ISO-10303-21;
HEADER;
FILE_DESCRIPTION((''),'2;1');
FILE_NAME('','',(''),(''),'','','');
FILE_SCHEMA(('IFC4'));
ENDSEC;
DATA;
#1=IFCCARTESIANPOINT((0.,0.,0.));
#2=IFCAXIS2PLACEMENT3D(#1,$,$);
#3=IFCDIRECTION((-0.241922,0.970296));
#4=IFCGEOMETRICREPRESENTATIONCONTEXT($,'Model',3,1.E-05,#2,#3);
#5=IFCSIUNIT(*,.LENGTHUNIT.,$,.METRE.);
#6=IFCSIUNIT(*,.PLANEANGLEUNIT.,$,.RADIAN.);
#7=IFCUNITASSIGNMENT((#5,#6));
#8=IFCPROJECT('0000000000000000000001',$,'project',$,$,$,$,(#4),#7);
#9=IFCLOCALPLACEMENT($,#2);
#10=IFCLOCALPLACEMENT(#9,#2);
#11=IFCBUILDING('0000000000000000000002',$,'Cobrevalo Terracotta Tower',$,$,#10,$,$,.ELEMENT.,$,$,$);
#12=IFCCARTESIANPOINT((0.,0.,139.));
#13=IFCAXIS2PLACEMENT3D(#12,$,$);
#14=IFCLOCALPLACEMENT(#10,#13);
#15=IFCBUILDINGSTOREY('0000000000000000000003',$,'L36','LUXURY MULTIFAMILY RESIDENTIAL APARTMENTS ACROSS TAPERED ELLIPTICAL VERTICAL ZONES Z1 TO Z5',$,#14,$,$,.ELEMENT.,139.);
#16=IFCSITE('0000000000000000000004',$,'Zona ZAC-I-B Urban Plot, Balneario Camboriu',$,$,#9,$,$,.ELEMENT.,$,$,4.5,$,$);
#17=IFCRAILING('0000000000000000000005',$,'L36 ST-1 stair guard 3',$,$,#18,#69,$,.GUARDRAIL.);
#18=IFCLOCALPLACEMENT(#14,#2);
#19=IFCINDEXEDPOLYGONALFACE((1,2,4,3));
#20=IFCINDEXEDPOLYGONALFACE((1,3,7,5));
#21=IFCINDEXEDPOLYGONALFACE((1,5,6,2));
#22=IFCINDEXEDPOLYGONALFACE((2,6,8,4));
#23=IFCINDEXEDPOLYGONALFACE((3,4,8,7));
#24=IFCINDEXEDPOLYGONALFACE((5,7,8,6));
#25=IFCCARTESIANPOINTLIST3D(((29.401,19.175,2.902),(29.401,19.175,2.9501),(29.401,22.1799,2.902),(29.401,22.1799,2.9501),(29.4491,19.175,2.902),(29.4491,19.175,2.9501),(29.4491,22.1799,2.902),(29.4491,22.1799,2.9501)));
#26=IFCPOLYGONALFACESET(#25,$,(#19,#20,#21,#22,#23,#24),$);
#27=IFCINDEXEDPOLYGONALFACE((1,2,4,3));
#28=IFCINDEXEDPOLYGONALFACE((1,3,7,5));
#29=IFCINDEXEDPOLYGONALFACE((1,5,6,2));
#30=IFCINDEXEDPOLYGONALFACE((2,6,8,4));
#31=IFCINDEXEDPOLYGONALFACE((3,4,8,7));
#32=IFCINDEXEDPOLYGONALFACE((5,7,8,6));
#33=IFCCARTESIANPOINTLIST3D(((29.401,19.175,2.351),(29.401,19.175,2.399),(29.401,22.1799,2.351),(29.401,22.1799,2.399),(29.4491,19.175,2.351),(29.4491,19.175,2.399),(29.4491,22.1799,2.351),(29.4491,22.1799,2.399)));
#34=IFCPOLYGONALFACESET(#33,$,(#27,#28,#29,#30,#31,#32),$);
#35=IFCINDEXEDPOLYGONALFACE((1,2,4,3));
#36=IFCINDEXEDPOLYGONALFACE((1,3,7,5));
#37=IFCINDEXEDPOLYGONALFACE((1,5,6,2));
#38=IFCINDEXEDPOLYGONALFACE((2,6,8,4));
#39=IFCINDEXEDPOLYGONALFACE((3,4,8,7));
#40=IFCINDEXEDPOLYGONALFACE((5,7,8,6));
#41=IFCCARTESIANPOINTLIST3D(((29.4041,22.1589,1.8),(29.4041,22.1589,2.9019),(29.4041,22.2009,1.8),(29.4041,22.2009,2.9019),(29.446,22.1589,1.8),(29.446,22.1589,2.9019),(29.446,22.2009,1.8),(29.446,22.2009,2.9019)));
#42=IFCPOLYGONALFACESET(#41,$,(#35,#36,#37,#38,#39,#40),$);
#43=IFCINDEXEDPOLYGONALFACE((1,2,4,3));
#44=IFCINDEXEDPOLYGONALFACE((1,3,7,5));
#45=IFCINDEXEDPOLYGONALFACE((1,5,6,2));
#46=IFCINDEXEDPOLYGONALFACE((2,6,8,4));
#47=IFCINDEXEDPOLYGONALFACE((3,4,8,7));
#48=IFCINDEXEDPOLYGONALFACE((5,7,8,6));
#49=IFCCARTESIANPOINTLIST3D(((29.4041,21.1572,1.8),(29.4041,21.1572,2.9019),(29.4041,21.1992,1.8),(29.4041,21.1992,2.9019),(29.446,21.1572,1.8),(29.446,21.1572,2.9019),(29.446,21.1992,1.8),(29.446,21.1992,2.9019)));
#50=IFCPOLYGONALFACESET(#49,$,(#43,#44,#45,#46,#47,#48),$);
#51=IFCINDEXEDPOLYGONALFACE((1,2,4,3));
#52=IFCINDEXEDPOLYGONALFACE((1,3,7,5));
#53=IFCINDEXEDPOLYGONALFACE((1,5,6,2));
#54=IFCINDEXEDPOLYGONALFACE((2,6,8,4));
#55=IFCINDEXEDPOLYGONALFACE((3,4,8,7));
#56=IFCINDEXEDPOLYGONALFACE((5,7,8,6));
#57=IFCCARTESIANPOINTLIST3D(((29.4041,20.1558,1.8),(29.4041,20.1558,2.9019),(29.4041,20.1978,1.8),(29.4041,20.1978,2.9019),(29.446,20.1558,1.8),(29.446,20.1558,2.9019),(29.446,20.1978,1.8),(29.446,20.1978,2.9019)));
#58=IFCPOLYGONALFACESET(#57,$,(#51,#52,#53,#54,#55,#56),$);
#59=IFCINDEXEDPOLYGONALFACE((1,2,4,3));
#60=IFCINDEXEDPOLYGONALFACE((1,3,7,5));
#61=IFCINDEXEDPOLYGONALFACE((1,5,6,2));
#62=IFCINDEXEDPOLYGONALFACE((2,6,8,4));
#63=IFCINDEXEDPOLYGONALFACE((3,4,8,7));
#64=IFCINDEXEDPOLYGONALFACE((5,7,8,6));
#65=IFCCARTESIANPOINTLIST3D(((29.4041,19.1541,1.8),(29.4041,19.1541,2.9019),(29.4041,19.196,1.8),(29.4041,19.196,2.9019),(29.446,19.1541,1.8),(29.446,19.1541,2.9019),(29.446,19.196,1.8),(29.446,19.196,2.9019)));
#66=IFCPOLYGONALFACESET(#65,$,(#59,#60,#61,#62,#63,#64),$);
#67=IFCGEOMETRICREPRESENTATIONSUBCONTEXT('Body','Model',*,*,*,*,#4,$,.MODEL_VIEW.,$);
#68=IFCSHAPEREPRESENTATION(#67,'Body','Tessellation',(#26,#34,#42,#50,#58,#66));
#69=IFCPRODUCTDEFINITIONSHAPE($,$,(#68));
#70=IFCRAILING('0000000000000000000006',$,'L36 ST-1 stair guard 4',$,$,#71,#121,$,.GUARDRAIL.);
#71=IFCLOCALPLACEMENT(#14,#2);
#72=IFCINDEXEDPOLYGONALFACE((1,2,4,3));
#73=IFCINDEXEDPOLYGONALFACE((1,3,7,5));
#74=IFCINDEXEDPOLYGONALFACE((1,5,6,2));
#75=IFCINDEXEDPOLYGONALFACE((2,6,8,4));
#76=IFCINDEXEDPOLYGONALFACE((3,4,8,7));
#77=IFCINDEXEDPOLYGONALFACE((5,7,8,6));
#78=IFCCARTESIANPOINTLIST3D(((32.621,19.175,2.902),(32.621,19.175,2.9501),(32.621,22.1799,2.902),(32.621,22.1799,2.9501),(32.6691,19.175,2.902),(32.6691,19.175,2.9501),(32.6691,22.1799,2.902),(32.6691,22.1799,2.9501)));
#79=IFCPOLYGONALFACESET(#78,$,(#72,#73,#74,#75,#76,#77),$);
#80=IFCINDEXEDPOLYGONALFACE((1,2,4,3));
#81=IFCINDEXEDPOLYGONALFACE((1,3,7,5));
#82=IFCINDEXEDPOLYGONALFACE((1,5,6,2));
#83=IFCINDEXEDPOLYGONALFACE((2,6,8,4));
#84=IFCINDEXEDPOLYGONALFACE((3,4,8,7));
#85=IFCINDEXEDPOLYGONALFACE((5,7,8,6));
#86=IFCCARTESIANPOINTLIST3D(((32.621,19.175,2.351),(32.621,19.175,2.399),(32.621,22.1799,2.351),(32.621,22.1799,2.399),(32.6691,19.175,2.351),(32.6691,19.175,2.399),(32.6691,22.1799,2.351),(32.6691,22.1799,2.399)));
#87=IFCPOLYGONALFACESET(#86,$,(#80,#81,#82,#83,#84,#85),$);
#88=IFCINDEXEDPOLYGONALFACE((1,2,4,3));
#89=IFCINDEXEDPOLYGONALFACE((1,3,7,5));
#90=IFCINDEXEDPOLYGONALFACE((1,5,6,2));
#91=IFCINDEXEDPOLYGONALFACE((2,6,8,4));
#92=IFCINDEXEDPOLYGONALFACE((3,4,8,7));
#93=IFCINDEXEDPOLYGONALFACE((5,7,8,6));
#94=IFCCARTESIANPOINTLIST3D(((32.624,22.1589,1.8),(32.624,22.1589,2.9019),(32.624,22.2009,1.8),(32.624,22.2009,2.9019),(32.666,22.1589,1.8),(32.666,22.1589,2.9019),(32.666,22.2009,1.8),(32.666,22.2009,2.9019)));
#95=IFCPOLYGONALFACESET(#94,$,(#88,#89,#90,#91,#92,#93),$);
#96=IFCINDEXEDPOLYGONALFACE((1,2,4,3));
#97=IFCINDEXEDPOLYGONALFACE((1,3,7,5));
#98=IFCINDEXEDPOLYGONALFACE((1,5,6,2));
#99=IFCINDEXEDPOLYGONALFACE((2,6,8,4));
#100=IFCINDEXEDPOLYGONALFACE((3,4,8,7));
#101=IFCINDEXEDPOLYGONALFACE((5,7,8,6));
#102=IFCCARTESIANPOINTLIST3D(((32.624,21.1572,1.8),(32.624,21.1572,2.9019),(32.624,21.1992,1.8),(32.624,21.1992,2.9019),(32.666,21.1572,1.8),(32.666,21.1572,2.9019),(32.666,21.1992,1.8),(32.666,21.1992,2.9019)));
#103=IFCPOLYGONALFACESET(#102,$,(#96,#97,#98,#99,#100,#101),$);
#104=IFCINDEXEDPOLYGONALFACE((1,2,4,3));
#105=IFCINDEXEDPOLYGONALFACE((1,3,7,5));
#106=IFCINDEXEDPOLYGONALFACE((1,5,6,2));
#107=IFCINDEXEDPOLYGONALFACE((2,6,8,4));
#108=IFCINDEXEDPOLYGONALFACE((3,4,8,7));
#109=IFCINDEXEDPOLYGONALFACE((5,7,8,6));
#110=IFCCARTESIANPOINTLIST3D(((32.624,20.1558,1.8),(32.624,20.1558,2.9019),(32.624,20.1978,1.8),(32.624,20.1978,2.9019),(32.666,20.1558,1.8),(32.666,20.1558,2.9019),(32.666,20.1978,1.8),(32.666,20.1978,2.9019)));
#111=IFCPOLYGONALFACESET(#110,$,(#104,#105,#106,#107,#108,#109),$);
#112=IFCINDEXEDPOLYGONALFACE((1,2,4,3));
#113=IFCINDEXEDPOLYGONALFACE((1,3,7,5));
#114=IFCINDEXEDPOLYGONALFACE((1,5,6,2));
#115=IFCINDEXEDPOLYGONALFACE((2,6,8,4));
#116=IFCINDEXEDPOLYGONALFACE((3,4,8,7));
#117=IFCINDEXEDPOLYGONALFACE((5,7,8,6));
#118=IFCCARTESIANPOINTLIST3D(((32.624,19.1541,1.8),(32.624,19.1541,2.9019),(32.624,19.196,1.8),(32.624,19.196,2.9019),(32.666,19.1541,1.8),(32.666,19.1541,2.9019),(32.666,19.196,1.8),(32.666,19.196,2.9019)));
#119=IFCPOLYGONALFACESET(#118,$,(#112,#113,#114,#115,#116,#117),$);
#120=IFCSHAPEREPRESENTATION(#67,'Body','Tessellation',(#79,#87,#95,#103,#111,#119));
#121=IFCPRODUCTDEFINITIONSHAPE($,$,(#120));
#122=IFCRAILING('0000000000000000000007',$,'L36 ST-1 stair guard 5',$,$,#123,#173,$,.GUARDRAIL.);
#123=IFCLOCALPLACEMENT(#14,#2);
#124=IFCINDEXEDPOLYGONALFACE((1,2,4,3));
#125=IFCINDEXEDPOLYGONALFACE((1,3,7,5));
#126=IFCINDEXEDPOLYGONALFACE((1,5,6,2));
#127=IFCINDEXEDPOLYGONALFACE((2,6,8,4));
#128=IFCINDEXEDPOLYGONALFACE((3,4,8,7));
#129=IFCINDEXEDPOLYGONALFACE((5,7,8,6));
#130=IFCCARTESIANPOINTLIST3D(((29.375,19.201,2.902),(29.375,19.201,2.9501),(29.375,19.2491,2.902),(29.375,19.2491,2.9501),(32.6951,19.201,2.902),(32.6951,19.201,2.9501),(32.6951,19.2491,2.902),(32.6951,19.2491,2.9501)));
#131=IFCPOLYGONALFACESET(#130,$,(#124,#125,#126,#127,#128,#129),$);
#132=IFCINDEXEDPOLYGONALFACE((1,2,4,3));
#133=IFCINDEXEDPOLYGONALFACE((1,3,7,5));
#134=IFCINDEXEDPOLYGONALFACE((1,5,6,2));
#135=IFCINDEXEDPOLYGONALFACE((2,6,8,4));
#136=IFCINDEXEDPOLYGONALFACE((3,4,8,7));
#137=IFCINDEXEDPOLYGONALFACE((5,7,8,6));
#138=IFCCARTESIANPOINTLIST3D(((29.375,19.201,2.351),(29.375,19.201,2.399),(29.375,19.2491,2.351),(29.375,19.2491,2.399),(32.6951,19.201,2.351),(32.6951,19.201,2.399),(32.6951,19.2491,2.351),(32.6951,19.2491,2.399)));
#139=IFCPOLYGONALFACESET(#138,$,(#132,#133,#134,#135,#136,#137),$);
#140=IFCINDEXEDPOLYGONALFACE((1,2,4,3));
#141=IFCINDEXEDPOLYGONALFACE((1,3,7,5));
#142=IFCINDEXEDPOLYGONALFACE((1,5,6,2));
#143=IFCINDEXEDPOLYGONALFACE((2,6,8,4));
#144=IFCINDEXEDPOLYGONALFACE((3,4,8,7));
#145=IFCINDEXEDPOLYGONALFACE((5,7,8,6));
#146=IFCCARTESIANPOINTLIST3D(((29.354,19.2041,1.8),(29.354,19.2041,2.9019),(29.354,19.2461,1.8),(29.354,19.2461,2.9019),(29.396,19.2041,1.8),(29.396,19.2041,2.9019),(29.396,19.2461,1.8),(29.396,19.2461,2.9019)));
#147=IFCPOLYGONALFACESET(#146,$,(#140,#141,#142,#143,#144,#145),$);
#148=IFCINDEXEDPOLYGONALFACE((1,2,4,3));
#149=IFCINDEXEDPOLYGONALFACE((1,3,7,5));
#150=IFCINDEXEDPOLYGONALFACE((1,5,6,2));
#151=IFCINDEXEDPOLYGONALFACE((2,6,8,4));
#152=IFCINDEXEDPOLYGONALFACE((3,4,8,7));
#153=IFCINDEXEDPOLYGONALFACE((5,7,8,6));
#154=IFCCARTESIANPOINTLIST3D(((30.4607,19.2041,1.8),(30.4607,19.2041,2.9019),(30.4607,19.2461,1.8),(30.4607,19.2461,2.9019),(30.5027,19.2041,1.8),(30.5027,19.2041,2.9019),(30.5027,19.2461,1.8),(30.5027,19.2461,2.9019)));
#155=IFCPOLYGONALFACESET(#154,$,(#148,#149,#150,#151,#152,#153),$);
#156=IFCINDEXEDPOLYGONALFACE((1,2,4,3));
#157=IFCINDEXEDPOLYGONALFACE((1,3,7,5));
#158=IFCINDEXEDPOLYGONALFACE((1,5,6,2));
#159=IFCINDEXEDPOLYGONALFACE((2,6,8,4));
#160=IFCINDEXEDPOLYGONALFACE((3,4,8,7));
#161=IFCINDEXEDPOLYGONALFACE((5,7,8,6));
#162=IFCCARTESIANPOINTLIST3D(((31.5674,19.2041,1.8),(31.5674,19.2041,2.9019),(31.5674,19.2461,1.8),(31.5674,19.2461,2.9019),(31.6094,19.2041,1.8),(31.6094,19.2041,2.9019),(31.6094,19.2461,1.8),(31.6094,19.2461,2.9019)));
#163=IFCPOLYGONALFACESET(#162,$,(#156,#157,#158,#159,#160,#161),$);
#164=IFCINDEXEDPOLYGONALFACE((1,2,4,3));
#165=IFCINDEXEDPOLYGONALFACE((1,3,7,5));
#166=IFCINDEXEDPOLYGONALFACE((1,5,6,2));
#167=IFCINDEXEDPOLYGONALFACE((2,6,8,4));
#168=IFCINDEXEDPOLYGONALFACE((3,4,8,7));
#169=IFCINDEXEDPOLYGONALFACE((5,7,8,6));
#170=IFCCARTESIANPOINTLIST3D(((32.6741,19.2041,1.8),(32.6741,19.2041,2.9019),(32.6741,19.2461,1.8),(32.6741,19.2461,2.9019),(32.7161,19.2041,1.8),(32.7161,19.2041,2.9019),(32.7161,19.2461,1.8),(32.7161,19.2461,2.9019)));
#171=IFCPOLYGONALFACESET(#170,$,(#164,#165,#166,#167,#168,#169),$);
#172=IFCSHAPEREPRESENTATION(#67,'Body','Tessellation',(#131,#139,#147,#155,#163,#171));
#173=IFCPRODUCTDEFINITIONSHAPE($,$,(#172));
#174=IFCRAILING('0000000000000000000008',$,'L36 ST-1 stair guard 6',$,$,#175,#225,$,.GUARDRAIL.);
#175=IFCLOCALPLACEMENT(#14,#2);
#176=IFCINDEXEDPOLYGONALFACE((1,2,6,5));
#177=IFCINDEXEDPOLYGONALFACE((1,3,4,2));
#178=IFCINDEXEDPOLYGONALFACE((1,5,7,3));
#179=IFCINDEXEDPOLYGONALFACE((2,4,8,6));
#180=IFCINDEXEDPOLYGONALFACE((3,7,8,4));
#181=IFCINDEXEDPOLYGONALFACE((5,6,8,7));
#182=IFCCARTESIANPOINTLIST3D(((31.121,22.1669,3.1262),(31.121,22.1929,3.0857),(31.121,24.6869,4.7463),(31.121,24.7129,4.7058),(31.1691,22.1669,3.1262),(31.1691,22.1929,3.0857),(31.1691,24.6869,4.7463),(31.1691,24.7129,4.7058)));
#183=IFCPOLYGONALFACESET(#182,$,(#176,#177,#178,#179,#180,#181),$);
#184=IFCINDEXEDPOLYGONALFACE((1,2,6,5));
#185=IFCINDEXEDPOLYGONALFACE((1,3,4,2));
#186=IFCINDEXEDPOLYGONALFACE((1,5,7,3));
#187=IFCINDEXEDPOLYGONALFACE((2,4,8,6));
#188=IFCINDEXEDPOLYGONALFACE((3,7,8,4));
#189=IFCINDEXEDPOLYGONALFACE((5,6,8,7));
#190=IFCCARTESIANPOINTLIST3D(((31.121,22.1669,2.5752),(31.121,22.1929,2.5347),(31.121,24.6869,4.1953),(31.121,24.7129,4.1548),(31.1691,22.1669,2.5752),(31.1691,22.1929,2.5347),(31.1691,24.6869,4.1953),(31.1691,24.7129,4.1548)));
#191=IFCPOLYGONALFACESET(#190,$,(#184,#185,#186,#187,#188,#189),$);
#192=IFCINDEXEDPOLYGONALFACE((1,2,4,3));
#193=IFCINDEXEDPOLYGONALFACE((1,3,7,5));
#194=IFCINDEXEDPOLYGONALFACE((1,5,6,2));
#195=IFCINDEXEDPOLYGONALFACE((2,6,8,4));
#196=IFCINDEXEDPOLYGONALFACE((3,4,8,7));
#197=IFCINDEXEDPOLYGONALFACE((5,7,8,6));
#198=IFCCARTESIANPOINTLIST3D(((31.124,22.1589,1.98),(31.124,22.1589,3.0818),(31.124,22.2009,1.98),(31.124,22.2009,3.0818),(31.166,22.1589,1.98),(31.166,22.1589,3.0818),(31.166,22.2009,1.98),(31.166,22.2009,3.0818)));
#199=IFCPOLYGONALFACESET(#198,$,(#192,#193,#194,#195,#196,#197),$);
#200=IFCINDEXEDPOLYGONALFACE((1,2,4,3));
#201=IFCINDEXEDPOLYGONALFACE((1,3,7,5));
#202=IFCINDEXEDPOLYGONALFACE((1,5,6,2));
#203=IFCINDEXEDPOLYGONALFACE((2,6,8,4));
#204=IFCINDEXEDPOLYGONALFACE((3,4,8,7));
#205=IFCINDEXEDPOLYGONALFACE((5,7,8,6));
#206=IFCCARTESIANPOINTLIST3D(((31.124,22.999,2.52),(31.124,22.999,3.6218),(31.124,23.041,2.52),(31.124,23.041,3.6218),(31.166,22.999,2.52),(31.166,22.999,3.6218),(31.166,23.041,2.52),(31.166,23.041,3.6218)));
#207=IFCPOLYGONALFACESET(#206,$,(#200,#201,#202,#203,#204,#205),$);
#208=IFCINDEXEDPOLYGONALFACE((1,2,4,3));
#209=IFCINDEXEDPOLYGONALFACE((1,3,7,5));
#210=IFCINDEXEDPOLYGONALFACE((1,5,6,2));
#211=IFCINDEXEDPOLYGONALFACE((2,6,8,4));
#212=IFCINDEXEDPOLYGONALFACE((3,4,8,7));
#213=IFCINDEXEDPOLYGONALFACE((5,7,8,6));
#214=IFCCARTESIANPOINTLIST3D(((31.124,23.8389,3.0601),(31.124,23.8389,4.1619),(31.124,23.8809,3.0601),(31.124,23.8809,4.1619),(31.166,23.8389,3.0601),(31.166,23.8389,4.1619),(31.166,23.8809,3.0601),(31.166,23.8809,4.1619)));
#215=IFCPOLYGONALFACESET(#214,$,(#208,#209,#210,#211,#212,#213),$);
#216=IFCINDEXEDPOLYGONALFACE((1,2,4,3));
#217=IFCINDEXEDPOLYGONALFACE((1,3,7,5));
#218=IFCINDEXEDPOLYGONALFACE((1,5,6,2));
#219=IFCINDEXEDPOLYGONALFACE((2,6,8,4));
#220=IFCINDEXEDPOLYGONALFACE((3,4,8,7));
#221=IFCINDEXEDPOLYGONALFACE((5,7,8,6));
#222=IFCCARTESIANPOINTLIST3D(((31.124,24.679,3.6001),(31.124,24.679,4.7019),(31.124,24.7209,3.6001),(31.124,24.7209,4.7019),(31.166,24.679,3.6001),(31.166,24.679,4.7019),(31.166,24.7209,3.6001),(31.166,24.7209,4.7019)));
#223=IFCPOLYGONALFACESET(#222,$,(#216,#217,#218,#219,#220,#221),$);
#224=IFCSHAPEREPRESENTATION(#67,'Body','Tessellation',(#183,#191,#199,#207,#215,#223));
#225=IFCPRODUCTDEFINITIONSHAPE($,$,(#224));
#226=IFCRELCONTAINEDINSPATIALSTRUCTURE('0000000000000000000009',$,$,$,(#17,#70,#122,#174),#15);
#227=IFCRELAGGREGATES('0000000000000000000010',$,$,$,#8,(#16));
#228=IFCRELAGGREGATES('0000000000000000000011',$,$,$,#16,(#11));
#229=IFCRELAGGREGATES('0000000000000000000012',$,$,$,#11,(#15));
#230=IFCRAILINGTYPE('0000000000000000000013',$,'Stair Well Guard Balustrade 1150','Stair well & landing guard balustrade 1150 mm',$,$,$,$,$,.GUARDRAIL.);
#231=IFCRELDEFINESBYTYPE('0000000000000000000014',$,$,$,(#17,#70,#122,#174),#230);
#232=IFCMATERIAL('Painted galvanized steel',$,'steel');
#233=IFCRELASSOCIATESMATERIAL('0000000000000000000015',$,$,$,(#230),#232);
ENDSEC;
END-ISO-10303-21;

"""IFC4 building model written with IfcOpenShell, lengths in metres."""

from ifc_helpers import new_model, si_unit, direction, frame, origin, origin_2d, place, context, subcontext, project, spatial, rectangle, extrude, material, type_object, element, save


model = new_model("IFC4")

# Units and contexts
model_context = context("Model", 3, precision=1e-05, world=origin(), true_north=direction((-0.241922, 0.970296)))
body_context = subcontext(model_context, "Body", "Model", "MODEL_VIEW")
ifc_project = project(units=[si_unit("LENGTHUNIT", "METRE"), si_unit("PLANEANGLEUNIT", "RADIAN")], contexts=[model_context])

# Site, building, storey
site_placement = place(None, origin())
site = spatial("IfcSite", under=ifc_project, at=site_placement, Name="Zona ZAC-I-B Urban Plot, Balneario Camboriu", CompositionType="ELEMENT", RefElevation=4.5)
building_placement = place(site_placement, origin())
building = spatial("IfcBuilding", under=site, at=building_placement, Name="Cobrevalo Terracotta Tower", CompositionType="ELEMENT")
storey_placement = place(building_placement, frame((0.0, 0.0, 139.0)))
storey = spatial("IfcBuildingStorey", under=building, at=storey_placement, Name="L36", Description="LUXURY MULTIFAMILY RESIDENTIAL APARTMENTS ACROSS TAPERED ELLIPTICAL VERTICAL ZONES Z1 TO Z5", CompositionType="ELEMENT", Elevation=139.0)

# Railings
ifc_material_1 = material(Name="Painted galvanized steel", Category="steel")
railing_type_1 = type_object("IfcRailingType", Name="Stair Well Guard Balustrade 1150", Description="Stair well & landing guard balustrade 1150 mm", PredefinedType="GUARDRAIL", material=ifc_material_1)
for number, where, name in (
    (1, (29.425, 22.1799, 1.8), "L36 ST-1 stair guard 3"),
    (2, (32.645, 22.1799, 1.8), "L36 ST-1 stair guard 4"),
):
    element("IfcRailing", number, at=place(storey_placement, frame(where)), inside=storey, type_object=railing_type_1, Name=name, PredefinedType="GUARDRAIL", context=body_context, shape_type="SweptSolid", body=[
        extrude(rectangle(XDim=0.0481, YDim=0.0481, at=origin_2d()), frame((0.0, 0.0, 1.126), z_axis=(0.0, -1.0, 0.0), x_axis=(1.0, 0.0, 0.0)), (0.0, 0.0, 1.0), 3.0049),
        extrude(rectangle(XDim=0.0481, YDim=0.0481, at=origin_2d()), frame((0.0, 0.0, 0.575), z_axis=(0.0, -1.0, 0.0), x_axis=(1.0, 0.0, 0.0)), (0.0, 0.0, 1.0), 3.0049),
        extrude(rectangle(XDim=0.042, YDim=0.042, at=origin_2d()), origin(), (0.0, 0.0, 1.0), 1.1018),
        extrude(rectangle(XDim=0.042, YDim=0.042, at=origin_2d()), frame((0.0, -1.0017, 0.0)), (0.0, 0.0, 1.0), 1.1018),
        extrude(rectangle(XDim=0.042, YDim=0.042, at=origin_2d()), frame((0.0, -2.0032, 0.0)), (0.0, 0.0, 1.0), 1.1018),
        extrude(rectangle(XDim=0.042, YDim=0.042, at=origin_2d()), frame((0.0, -3.0049, 0.0)), (0.0, 0.0, 1.0), 1.1018),
    ])
railing_1_placement = place(storey_placement, frame((29.375, 19.2251, 1.8)))
element("IfcRailing", 3, at=railing_1_placement, inside=storey, type_object=railing_type_1, Name="L36 ST-1 stair guard 5", PredefinedType="GUARDRAIL", context=body_context, shape_type="SweptSolid", body=[
    extrude(rectangle(XDim=0.0481, YDim=0.0481, at=origin_2d()), frame((0.0, 0.0, 1.126), z_axis=(1.0, 0.0, 0.0), x_axis=(0.0, 1.0, 0.0)), (0.0, 0.0, 1.0), 3.3201),
    extrude(rectangle(XDim=0.0481, YDim=0.0481, at=origin_2d()), frame((0.0, 0.0, 0.575), z_axis=(1.0, 0.0, 0.0), x_axis=(0.0, 1.0, 0.0)), (0.0, 0.0, 1.0), 3.3201),
    extrude(rectangle(XDim=0.042, YDim=0.042, at=origin_2d()), origin(), (0.0, 0.0, 1.0), 1.1018),
    extrude(rectangle(XDim=0.042, YDim=0.042, at=origin_2d()), frame((1.1067, 0.0, 0.0)), (0.0, 0.0, 1.0), 1.1018),
    extrude(rectangle(XDim=0.042, YDim=0.042, at=origin_2d()), frame((2.2134, 0.0, 0.0)), (0.0, 0.0, 1.0), 1.1018),
    extrude(rectangle(XDim=0.042, YDim=0.042, at=origin_2d()), frame((3.3201, 0.0, 0.0)), (0.0, 0.0, 1.0), 1.1018),
])
railing_2_placement = place(storey_placement, frame((31.145, 22.1799, 1.98)))
element("IfcRailing", 4, at=railing_2_placement, inside=storey, type_object=railing_type_1, Name="L36 ST-1 stair guard 6", PredefinedType="GUARDRAIL", context=body_context, shape_type="SweptSolid", body=[
    extrude(rectangle(XDim=0.0481, YDim=0.0481, at=origin_2d()), frame((0.0, 0.0, 1.126), z_axis=(0.0, 0.841163, 0.540782), x_axis=(-1.0, 0.0, 0.0)), (0.0, 0.0, 1.0), 2.9958),
    extrude(rectangle(XDim=0.0481, YDim=0.0481, at=origin_2d()), frame((0.0, 0.0, 0.575), z_axis=(0.0, 0.841163, 0.540782), x_axis=(-1.0, 0.0, 0.0)), (0.0, 0.0, 1.0), 2.9958),
    extrude(rectangle(XDim=0.042, YDim=0.042, at=origin_2d()), origin(), (0.0, 0.0, 1.0), 1.1018),
    extrude(rectangle(XDim=0.042, YDim=0.042, at=origin_2d()), frame((0.0, 0.8401, 0.54)), (0.0, 0.0, 1.0), 1.1018),
    extrude(rectangle(XDim=0.042, YDim=0.042, at=origin_2d()), frame((0.0, 1.6799, 1.0801)), (0.0, 0.0, 1.0), 1.1018),
    extrude(rectangle(XDim=0.042, YDim=0.042, at=origin_2d()), frame((0.0, 2.52, 1.6201)), (0.0, 0.0, 1.0), 1.1018),
])

save(model, "model.ifc")
